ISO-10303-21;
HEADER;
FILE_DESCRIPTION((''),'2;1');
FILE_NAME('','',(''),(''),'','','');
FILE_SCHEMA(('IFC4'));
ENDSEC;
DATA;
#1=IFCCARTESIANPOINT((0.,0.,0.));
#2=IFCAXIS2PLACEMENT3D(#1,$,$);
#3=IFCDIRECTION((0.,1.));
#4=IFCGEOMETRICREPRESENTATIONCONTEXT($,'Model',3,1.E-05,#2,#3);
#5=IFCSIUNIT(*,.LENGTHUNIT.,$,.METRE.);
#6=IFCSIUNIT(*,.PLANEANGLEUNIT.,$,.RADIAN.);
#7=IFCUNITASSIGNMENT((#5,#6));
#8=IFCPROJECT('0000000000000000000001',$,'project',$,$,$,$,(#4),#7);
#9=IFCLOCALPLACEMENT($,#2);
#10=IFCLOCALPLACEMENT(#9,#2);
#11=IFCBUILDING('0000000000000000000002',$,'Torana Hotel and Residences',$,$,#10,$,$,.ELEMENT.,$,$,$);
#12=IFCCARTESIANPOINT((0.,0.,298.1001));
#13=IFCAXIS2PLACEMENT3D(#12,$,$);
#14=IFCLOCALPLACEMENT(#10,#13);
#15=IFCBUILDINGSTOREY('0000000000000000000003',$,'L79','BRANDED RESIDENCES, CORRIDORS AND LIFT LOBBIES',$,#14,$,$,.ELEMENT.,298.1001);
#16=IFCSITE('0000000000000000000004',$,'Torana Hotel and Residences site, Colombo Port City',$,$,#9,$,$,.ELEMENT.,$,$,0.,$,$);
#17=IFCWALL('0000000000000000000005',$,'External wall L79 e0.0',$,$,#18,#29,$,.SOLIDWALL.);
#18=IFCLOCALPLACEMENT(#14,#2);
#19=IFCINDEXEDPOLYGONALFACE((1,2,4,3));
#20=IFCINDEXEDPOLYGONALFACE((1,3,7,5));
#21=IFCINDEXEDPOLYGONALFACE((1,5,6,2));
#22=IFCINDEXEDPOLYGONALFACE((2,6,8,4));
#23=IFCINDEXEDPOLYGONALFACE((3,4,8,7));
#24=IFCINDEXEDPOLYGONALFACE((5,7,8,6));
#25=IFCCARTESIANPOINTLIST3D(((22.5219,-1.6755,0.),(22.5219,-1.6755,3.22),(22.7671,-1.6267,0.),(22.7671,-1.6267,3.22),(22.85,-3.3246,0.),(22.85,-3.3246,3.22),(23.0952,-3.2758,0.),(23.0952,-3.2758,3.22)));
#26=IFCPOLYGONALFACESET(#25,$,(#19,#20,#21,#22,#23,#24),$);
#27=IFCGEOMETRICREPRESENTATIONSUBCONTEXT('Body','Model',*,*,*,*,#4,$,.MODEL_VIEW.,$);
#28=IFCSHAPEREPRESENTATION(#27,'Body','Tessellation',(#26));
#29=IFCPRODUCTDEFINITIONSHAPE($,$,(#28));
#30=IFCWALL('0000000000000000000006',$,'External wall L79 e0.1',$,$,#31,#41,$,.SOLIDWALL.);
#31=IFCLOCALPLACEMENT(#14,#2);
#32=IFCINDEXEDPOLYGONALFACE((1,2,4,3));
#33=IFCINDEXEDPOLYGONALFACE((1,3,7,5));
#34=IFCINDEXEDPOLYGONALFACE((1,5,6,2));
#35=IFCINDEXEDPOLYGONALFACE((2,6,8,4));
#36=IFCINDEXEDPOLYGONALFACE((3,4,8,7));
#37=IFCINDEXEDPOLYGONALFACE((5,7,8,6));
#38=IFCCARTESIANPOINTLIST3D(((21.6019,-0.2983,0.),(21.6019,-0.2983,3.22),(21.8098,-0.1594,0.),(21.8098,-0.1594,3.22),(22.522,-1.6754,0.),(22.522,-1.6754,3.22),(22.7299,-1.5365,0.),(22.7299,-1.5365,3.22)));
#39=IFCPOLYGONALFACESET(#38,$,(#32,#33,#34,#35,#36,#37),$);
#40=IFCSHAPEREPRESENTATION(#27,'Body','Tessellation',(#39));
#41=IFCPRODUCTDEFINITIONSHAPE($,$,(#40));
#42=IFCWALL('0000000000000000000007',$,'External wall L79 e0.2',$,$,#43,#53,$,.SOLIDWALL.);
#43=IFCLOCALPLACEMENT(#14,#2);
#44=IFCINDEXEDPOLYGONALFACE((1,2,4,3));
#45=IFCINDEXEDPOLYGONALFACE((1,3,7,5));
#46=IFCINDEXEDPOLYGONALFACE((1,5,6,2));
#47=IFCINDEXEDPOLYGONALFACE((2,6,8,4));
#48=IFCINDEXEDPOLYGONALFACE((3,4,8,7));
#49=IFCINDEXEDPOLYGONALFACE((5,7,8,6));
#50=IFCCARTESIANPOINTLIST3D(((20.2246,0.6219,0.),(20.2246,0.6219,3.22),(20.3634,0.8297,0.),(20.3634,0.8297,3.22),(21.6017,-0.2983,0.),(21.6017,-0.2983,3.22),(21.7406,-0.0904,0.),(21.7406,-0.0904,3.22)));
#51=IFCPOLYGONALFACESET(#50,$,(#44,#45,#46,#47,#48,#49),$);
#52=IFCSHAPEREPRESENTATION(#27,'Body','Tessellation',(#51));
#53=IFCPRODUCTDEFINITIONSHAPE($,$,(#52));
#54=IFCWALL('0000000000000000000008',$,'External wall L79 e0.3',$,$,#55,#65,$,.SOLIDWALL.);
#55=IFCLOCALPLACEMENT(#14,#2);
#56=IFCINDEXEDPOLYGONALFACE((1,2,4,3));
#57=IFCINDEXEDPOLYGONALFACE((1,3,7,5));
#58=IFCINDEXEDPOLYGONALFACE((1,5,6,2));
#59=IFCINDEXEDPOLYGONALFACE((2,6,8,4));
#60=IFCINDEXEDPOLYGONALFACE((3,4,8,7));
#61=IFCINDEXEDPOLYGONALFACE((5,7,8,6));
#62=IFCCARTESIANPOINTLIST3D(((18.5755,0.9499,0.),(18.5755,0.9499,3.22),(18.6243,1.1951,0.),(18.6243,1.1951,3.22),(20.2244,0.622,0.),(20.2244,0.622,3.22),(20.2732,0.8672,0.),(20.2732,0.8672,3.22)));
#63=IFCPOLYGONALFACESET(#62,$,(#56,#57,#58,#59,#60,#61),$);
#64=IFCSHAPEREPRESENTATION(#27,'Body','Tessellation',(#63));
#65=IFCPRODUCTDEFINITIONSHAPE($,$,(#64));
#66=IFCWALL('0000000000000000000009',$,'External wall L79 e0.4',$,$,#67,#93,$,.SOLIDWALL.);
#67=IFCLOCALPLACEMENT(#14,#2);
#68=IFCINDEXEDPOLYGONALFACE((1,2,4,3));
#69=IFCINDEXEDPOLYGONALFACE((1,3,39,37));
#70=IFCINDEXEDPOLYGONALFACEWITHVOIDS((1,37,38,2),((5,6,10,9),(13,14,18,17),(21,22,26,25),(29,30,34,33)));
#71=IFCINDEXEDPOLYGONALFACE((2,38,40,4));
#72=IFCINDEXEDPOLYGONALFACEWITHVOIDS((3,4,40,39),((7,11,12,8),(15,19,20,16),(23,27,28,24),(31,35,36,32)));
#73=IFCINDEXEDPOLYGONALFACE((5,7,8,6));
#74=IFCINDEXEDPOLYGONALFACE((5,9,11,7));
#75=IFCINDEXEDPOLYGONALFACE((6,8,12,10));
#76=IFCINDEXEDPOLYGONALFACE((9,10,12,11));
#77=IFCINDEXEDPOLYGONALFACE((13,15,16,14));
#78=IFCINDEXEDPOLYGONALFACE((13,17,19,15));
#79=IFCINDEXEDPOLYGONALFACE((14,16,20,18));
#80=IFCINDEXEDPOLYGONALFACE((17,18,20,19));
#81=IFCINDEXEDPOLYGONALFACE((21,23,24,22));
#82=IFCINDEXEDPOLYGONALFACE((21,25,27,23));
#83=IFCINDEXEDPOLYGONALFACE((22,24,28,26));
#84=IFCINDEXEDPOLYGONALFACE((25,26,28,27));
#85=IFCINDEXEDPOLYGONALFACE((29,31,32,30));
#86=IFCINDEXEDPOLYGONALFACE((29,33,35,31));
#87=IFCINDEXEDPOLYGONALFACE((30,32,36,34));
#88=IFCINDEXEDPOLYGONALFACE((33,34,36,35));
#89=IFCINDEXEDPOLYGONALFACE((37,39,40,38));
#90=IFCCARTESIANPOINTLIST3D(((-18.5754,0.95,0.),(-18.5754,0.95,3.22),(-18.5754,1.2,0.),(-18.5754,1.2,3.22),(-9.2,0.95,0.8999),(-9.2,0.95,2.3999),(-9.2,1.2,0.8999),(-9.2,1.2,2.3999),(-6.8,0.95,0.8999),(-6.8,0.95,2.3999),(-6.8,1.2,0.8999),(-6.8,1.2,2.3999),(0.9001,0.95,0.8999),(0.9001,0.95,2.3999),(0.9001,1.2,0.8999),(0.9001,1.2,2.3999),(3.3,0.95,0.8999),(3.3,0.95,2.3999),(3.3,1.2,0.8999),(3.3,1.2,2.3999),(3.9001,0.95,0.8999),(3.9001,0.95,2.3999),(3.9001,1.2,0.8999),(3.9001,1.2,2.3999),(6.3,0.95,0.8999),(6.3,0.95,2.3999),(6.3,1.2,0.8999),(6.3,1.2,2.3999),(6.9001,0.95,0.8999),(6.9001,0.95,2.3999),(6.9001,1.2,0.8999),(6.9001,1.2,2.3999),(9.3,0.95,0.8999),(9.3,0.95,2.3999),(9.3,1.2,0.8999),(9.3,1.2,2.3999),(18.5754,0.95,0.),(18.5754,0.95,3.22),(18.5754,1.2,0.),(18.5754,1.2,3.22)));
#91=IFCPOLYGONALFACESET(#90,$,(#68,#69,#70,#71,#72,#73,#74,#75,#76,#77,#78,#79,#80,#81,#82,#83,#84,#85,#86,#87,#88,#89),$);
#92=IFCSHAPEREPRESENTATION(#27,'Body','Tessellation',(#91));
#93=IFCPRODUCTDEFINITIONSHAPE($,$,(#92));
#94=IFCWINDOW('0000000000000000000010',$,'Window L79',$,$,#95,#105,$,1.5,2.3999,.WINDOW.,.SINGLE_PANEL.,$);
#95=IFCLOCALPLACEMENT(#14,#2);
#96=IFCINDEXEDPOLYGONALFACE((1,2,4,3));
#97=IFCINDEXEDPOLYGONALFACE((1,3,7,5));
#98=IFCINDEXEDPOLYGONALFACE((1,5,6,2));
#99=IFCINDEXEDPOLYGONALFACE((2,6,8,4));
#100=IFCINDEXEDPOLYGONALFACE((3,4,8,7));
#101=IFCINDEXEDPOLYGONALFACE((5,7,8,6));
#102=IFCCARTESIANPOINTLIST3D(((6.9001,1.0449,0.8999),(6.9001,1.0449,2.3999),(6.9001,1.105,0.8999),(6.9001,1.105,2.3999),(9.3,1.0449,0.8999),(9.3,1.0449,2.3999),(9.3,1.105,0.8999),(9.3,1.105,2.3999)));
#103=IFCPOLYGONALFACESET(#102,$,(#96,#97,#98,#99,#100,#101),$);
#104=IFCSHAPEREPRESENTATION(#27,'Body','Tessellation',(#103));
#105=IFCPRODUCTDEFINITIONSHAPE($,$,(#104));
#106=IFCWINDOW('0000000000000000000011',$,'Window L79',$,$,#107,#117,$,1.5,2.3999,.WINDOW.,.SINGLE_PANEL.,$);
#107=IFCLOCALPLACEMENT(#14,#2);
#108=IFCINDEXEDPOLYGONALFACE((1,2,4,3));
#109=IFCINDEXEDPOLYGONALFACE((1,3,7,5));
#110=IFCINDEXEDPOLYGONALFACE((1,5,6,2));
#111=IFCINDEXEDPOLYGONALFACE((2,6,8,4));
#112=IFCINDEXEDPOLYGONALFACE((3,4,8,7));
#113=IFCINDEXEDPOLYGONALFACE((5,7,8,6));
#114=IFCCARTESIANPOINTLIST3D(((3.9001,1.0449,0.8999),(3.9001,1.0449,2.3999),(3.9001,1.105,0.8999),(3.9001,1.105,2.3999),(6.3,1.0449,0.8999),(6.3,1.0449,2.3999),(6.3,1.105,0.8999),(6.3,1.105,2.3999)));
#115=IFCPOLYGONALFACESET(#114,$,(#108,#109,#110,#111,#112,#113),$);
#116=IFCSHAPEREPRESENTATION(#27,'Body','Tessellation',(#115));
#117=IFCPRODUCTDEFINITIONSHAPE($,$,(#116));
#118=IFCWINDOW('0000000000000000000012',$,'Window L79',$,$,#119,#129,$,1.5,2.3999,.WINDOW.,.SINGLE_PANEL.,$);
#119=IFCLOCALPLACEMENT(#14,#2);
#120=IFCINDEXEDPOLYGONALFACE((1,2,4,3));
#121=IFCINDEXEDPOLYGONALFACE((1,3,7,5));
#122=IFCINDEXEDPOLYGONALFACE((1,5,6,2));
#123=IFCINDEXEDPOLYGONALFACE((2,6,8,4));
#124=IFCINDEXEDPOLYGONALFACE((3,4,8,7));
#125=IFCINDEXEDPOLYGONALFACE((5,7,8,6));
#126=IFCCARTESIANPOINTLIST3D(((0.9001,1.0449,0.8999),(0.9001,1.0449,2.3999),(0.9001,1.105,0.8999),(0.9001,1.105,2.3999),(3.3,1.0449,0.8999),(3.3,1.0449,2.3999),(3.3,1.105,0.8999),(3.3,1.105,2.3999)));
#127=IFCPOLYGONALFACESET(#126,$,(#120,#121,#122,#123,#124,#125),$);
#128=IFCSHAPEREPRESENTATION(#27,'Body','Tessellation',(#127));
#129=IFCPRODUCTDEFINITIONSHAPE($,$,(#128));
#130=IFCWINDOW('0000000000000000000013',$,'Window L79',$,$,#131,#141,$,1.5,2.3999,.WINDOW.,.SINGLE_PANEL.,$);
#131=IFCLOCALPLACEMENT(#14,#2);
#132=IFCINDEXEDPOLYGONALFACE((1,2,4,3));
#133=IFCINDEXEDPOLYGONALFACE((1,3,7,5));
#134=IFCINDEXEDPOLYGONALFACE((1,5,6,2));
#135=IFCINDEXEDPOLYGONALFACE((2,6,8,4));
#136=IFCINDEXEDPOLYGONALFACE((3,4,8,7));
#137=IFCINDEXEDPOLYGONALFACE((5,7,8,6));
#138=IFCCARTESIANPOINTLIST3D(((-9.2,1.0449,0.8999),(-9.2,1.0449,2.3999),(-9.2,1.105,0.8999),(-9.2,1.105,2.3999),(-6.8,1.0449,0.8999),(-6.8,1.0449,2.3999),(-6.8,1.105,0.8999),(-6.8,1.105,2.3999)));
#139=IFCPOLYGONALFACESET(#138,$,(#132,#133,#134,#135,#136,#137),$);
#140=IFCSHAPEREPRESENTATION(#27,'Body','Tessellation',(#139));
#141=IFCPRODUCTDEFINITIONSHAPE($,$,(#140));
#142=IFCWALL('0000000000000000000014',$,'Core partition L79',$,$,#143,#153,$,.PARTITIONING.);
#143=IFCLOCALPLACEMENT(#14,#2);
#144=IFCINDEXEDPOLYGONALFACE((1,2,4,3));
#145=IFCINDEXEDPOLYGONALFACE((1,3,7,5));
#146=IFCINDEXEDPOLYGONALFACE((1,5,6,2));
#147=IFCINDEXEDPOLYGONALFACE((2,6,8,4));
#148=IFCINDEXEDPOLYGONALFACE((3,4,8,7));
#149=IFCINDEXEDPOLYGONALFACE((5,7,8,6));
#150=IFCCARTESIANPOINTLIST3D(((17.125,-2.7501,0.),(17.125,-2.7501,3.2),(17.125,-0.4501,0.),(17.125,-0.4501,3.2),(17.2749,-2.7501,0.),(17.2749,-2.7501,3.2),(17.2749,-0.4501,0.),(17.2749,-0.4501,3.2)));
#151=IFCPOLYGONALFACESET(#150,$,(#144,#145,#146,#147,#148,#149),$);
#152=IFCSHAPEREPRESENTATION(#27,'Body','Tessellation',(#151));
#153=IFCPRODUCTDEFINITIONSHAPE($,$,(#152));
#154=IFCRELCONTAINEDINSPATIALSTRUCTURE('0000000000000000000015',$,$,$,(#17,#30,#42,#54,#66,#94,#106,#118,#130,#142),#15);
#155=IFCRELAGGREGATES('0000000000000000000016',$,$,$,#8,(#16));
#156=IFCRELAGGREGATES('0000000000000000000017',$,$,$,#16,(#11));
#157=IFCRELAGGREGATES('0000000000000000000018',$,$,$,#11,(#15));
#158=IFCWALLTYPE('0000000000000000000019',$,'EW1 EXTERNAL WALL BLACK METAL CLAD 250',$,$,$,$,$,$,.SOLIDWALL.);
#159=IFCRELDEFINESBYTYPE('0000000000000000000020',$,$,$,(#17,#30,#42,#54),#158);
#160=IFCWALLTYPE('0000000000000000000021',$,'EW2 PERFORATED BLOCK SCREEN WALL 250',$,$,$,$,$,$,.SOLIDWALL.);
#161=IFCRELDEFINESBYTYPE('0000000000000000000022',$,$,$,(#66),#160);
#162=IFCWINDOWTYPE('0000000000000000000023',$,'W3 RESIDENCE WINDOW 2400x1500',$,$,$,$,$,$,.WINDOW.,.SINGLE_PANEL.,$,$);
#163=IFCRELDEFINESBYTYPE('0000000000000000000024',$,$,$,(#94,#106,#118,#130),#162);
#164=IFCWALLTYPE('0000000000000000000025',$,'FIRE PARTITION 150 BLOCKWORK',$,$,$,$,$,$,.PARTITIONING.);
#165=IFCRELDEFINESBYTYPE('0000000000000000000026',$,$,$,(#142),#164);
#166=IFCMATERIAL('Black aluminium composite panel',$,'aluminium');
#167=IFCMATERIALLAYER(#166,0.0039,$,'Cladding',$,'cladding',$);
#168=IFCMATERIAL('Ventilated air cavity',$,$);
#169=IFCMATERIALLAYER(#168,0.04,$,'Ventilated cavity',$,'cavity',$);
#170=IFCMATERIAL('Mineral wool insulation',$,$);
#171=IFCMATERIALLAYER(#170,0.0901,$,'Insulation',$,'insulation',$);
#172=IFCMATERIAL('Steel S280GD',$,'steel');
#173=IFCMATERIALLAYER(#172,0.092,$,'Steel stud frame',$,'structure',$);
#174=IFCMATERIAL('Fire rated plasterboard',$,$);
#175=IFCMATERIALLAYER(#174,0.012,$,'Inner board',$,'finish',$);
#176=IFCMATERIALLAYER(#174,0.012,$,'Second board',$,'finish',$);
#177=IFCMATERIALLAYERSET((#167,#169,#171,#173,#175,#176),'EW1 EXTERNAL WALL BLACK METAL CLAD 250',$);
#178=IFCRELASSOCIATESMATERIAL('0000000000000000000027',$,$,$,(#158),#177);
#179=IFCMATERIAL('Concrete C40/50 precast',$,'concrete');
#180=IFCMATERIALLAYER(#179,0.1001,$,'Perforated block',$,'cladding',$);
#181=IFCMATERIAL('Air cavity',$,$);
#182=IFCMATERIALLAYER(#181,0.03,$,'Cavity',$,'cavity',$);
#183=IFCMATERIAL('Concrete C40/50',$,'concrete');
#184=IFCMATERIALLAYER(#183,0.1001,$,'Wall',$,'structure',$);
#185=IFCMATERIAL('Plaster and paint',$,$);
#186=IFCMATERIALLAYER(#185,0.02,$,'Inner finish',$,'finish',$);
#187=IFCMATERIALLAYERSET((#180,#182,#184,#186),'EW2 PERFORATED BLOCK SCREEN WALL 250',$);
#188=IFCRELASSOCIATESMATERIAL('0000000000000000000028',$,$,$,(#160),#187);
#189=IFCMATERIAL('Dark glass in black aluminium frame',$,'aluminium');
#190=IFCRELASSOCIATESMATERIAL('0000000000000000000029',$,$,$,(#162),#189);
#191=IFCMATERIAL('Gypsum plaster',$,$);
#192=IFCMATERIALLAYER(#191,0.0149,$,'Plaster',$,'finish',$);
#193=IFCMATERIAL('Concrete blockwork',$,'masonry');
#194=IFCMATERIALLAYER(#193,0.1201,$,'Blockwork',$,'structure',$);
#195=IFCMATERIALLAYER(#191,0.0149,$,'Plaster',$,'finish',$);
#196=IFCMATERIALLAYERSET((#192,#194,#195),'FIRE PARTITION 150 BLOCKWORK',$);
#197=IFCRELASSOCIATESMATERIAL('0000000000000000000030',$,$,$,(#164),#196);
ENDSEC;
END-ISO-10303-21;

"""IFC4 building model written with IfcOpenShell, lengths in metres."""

from ifc_helpers import new_model, si_unit, direction, frame, frame_2d, origin, place, context, subcontext, project, spatial, rectangle, extrude, material, layer, layer_set, type_object, element, fill, save


model = new_model("IFC4")

# Units and contexts
model_context = context("Model", 3, precision=1e-05, world=origin(), true_north=direction((0.0, 1.0)))
body_context = subcontext(model_context, "Body", "Model", "MODEL_VIEW")
ifc_project = project(units=[si_unit("LENGTHUNIT", "METRE"), si_unit("PLANEANGLEUNIT", "RADIAN")], contexts=[model_context])

# Site, building, storey
site_placement = place(None, origin())
site = spatial("IfcSite", under=ifc_project, at=site_placement, Name="Torana Hotel and Residences site, Colombo Port City", CompositionType="ELEMENT", RefElevation=0.0)
building_placement = place(site_placement, origin())
building = spatial("IfcBuilding", under=site, at=building_placement, Name="Torana Hotel and Residences", CompositionType="ELEMENT")
storey_placement = place(building_placement, frame((0.0, 0.0, 298.1001)))
storey = spatial("IfcBuildingStorey", under=building, at=storey_placement, Name="L79", Description="BRANDED RESIDENCES, CORRIDORS AND LIFT LOBBIES", CompositionType="ELEMENT", Elevation=298.1001)

# Walls
ifc_material_1 = material(Name="Black aluminium composite panel", Category="aluminium")
ifc_layer_1 = layer(ifc_material_1, 0.0039, Name="Cladding", Category="cladding")
ifc_material_2 = material(Name="Ventilated air cavity")
ifc_layer_2 = layer(ifc_material_2, 0.04, Name="Ventilated cavity", Category="cavity")
ifc_material_3 = material(Name="Mineral wool insulation")
ifc_layer_3 = layer(ifc_material_3, 0.0901, Name="Insulation", Category="insulation")
ifc_material_4 = material(Name="Steel S280GD", Category="steel")
ifc_layer_4 = layer(ifc_material_4, 0.092, Name="Steel stud frame", Category="structure")
ifc_material_5 = material(Name="Fire rated plasterboard")
ifc_layer_5 = layer(ifc_material_5, 0.012, Name="Inner board", Category="finish")
ifc_layer_6 = layer(ifc_material_5, 0.012, Name="Second board", Category="finish")
ifc_layer_set_1 = layer_set([ifc_layer_1, ifc_layer_2, ifc_layer_3, ifc_layer_4, ifc_layer_5, ifc_layer_6], Name="EW1 EXTERNAL WALL BLACK METAL CLAD 250")
wall_type_1 = type_object("IfcWallType", Name="EW1 EXTERNAL WALL BLACK METAL CLAD 250", PredefinedType="SOLIDWALL", material=ifc_layer_set_1)
wall_1_placement = place(storey_placement, frame((22.9727, -3.3003, 0.0), z_axis=(0.0, 0.0, 1.0), x_axis=(-0.195139, 0.980776, 0.0)))
element("IfcWall", 1, at=wall_1_placement, inside=storey, type_object=wall_type_1, Name="External wall L79 e0.0", PredefinedType="SOLIDWALL", context=body_context, shape_type="SweptSolid", body=[
    extrude(rectangle(XDim=1.6814, YDim=0.25, at=frame_2d((0.8408, 0.0))), origin(), (0.0, 0.0, 1.0), 3.22),
])
for number, where, z_axis, x_axis, name in (
    (2, (22.626, -1.606, 0.0), (0.0, 0.0, 1.0), (-0.55555, 0.831483, 0.0), "External wall L79 e0.1"),
    (3, (21.6711, -0.1943, 0.0), (0.0, 0.0, 1.0), (-0.831483, 0.55555, 0.0), "External wall L79 e0.2"),
):
    element("IfcWall", number, at=place(storey_placement, frame(where, z_axis=z_axis, x_axis=x_axis)), inside=storey, type_object=wall_type_1, Name=name, PredefinedType="SOLIDWALL", context=body_context, shape_type="SweptSolid", body=[
        extrude(rectangle(XDim=1.6562, YDim=0.25, at=frame_2d((0.8281, 0.0))), origin(), (0.0, 0.0, 1.0), 3.22),
    ])
wall_2_placement = place(storey_placement, frame((20.2488, 0.7446, 0.0), z_axis=(0.0, 0.0, 1.0), x_axis=(-0.980798, 0.195027, 0.0)))
element("IfcWall", 4, at=wall_2_placement, inside=storey, type_object=wall_type_1, Name="External wall L79 e0.3", PredefinedType="SOLIDWALL", context=body_context, shape_type="SweptSolid", body=[
    extrude(rectangle(XDim=1.6812, YDim=0.25, at=frame_2d((0.8406, 0.0))), origin(), (0.0, 0.0, 1.0), 3.22),
])

# Wall, openings, windows
ifc_material_6 = material(Name="Concrete C40/50 precast", Category="concrete")
ifc_layer_7 = layer(ifc_material_6, 0.1001, Name="Perforated block", Category="cladding")
ifc_material_7 = material(Name="Air cavity")
ifc_layer_8 = layer(ifc_material_7, 0.03, Name="Cavity", Category="cavity")
ifc_material_8 = material(Name="Concrete C40/50", Category="concrete")
ifc_layer_9 = layer(ifc_material_8, 0.1001, Name="Wall", Category="structure")
ifc_material_9 = material(Name="Plaster and paint")
ifc_layer_10 = layer(ifc_material_9, 0.02, Name="Inner finish", Category="finish")
ifc_layer_set_2 = layer_set([ifc_layer_7, ifc_layer_8, ifc_layer_9, ifc_layer_10], Name="EW2 PERFORATED BLOCK SCREEN WALL 250")
wall_type_2 = type_object("IfcWallType", Name="EW2 PERFORATED BLOCK SCREEN WALL 250", PredefinedType="SOLIDWALL", material=ifc_layer_set_2)
wall_3_placement = place(storey_placement, frame((18.5754, 1.075, 0.0), z_axis=(0.0, 0.0, 1.0), x_axis=(-1.0, 0.0, 0.0)))
wall_3 = element("IfcWall", 5, at=wall_3_placement, inside=storey, type_object=wall_type_2, Name="External wall L79 e0.4", PredefinedType="SOLIDWALL", context=body_context, shape_type="SweptSolid", body=[
    extrude(rectangle(XDim=37.1509, YDim=0.25, at=frame_2d((18.5754, 0.0))), origin(), (0.0, 0.0, 1.0), 3.22),
])
opening_1_placement = place(wall_3_placement, frame((9.2754, 0.0, 0.8999)))
opening_1 = element("IfcOpeningElement", 6, at=opening_1_placement, cuts=wall_3, PredefinedType="OPENING", context=body_context, shape_type="SweptSolid", body=[
    extrude(rectangle(XDim=2.3999, YDim=1.5, at=frame_2d((1.2, 0.75))), frame((0.0, 0.135, 0.0), z_axis=(0.0, -1.0, 0.0), x_axis=(1.0, 0.0, 0.0)), (0.0, 0.0, 1.0), 0.27),
])
opening_2_placement = place(wall_3_placement, frame((12.2754, 0.0, 0.8999)))
opening_2 = element("IfcOpeningElement", 7, at=opening_2_placement, cuts=wall_3, PredefinedType="OPENING", context=body_context, shape_type="SweptSolid", body=[
    extrude(rectangle(XDim=2.3999, YDim=1.5, at=frame_2d((1.2, 0.75))), frame((0.0, 0.135, 0.0), z_axis=(0.0, -1.0, 0.0), x_axis=(1.0, 0.0, 0.0)), (0.0, 0.0, 1.0), 0.27),
])
opening_3_placement = place(wall_3_placement, frame((15.2754, 0.0, 0.8999)))
opening_3 = element("IfcOpeningElement", 8, at=opening_3_placement, cuts=wall_3, PredefinedType="OPENING", context=body_context, shape_type="SweptSolid", body=[
    extrude(rectangle(XDim=2.3999, YDim=1.5, at=frame_2d((1.2, 0.75))), frame((0.0, 0.135, 0.0), z_axis=(0.0, -1.0, 0.0), x_axis=(1.0, 0.0, 0.0)), (0.0, 0.0, 1.0), 0.27),
])
opening_4_placement = place(wall_3_placement, frame((25.3755, 0.0, 0.8999)))
opening_4 = element("IfcOpeningElement", 9, at=opening_4_placement, cuts=wall_3, PredefinedType="OPENING", context=body_context, shape_type="SweptSolid", body=[
    extrude(rectangle(XDim=2.3999, YDim=1.5, at=frame_2d((1.2, 0.75))), frame((0.0, 0.135, 0.0), z_axis=(0.0, -1.0, 0.0), x_axis=(1.0, 0.0, 0.0)), (0.0, 0.0, 1.0), 0.27),
])
ifc_material_10 = material(Name="Dark glass in black aluminium frame", Category="aluminium")
window_type = type_object("IfcWindowType", Name="W3 RESIDENCE WINDOW 2400x1500", PartitioningType="SINGLE_PANEL", PredefinedType="WINDOW", material=ifc_material_10)
window_1_placement = place(opening_1_placement, origin())
window_1 = element("IfcWindow", 10, at=window_1_placement, inside=storey, type_object=window_type, Name="Window L79", OverallHeight=1.5, OverallWidth=2.3999, PartitioningType="SINGLE_PANEL", PredefinedType="WINDOW", context=body_context, shape_type="SweptSolid", body=[
    extrude(rectangle(XDim=2.3999, YDim=1.5, at=frame_2d((1.2, 0.75))), frame((0.0, 0.03, 0.0), z_axis=(0.0, -1.0, 0.0), x_axis=(1.0, 0.0, 0.0)), (0.0, 0.0, 1.0), 0.0601),
])
fill(opening_1, window_1)
window_2_placement = place(opening_2_placement, origin())
window_2 = element("IfcWindow", 11, at=window_2_placement, inside=storey, type_object=window_type, Name="Window L79", OverallHeight=1.5, OverallWidth=2.3999, PartitioningType="SINGLE_PANEL", PredefinedType="WINDOW", context=body_context, shape_type="SweptSolid", body=[
    extrude(rectangle(XDim=2.3999, YDim=1.5, at=frame_2d((1.2, 0.75))), frame((0.0, 0.03, 0.0), z_axis=(0.0, -1.0, 0.0), x_axis=(1.0, 0.0, 0.0)), (0.0, 0.0, 1.0), 0.0601),
])
fill(opening_2, window_2)
window_3_placement = place(opening_3_placement, origin())
window_3 = element("IfcWindow", 12, at=window_3_placement, inside=storey, type_object=window_type, Name="Window L79", OverallHeight=1.5, OverallWidth=2.3999, PartitioningType="SINGLE_PANEL", PredefinedType="WINDOW", context=body_context, shape_type="SweptSolid", body=[
    extrude(rectangle(XDim=2.3999, YDim=1.5, at=frame_2d((1.2, 0.75))), frame((0.0, 0.03, 0.0), z_axis=(0.0, -1.0, 0.0), x_axis=(1.0, 0.0, 0.0)), (0.0, 0.0, 1.0), 0.0601),
])
fill(opening_3, window_3)
window_4_placement = place(opening_4_placement, origin())
window_4 = element("IfcWindow", 13, at=window_4_placement, inside=storey, type_object=window_type, Name="Window L79", OverallHeight=1.5, OverallWidth=2.3999, PartitioningType="SINGLE_PANEL", PredefinedType="WINDOW", context=body_context, shape_type="SweptSolid", body=[
    extrude(rectangle(XDim=2.3999, YDim=1.5, at=frame_2d((1.2, 0.75))), frame((0.0, 0.03, 0.0), z_axis=(0.0, -1.0, 0.0), x_axis=(1.0, 0.0, 0.0)), (0.0, 0.0, 1.0), 0.0601),
])
fill(opening_4, window_4)

# Wall
ifc_material_11 = material(Name="Gypsum plaster")
ifc_layer_11 = layer(ifc_material_11, 0.0149, Name="Plaster", Category="finish")
ifc_material_12 = material(Name="Concrete blockwork", Category="masonry")
ifc_layer_12 = layer(ifc_material_12, 0.1201, Name="Blockwork", Category="structure")
ifc_layer_13 = layer(ifc_material_11, 0.0149, Name="Plaster", Category="finish")
ifc_layer_set_3 = layer_set([ifc_layer_11, ifc_layer_12, ifc_layer_13], Name="FIRE PARTITION 150 BLOCKWORK")
wall_type_3 = type_object("IfcWallType", Name="FIRE PARTITION 150 BLOCKWORK", PredefinedType="PARTITIONING", material=ifc_layer_set_3)
wall_4_placement = place(storey_placement, frame((17.2, -2.75, 0.0), z_axis=(0.0, 0.0, 1.0), x_axis=(0.0, 1.0, 0.0)))
element("IfcWall", 14, at=wall_4_placement, inside=storey, type_object=wall_type_3, Name="Core partition L79", PredefinedType="PARTITIONING", context=body_context, shape_type="SweptSolid", body=[
    extrude(rectangle(XDim=2.3, YDim=0.1499, at=frame_2d((1.1499, 0.0))), origin(), (0.0, 0.0, 1.0), 3.2),
])

save(model, "model.ifc")
